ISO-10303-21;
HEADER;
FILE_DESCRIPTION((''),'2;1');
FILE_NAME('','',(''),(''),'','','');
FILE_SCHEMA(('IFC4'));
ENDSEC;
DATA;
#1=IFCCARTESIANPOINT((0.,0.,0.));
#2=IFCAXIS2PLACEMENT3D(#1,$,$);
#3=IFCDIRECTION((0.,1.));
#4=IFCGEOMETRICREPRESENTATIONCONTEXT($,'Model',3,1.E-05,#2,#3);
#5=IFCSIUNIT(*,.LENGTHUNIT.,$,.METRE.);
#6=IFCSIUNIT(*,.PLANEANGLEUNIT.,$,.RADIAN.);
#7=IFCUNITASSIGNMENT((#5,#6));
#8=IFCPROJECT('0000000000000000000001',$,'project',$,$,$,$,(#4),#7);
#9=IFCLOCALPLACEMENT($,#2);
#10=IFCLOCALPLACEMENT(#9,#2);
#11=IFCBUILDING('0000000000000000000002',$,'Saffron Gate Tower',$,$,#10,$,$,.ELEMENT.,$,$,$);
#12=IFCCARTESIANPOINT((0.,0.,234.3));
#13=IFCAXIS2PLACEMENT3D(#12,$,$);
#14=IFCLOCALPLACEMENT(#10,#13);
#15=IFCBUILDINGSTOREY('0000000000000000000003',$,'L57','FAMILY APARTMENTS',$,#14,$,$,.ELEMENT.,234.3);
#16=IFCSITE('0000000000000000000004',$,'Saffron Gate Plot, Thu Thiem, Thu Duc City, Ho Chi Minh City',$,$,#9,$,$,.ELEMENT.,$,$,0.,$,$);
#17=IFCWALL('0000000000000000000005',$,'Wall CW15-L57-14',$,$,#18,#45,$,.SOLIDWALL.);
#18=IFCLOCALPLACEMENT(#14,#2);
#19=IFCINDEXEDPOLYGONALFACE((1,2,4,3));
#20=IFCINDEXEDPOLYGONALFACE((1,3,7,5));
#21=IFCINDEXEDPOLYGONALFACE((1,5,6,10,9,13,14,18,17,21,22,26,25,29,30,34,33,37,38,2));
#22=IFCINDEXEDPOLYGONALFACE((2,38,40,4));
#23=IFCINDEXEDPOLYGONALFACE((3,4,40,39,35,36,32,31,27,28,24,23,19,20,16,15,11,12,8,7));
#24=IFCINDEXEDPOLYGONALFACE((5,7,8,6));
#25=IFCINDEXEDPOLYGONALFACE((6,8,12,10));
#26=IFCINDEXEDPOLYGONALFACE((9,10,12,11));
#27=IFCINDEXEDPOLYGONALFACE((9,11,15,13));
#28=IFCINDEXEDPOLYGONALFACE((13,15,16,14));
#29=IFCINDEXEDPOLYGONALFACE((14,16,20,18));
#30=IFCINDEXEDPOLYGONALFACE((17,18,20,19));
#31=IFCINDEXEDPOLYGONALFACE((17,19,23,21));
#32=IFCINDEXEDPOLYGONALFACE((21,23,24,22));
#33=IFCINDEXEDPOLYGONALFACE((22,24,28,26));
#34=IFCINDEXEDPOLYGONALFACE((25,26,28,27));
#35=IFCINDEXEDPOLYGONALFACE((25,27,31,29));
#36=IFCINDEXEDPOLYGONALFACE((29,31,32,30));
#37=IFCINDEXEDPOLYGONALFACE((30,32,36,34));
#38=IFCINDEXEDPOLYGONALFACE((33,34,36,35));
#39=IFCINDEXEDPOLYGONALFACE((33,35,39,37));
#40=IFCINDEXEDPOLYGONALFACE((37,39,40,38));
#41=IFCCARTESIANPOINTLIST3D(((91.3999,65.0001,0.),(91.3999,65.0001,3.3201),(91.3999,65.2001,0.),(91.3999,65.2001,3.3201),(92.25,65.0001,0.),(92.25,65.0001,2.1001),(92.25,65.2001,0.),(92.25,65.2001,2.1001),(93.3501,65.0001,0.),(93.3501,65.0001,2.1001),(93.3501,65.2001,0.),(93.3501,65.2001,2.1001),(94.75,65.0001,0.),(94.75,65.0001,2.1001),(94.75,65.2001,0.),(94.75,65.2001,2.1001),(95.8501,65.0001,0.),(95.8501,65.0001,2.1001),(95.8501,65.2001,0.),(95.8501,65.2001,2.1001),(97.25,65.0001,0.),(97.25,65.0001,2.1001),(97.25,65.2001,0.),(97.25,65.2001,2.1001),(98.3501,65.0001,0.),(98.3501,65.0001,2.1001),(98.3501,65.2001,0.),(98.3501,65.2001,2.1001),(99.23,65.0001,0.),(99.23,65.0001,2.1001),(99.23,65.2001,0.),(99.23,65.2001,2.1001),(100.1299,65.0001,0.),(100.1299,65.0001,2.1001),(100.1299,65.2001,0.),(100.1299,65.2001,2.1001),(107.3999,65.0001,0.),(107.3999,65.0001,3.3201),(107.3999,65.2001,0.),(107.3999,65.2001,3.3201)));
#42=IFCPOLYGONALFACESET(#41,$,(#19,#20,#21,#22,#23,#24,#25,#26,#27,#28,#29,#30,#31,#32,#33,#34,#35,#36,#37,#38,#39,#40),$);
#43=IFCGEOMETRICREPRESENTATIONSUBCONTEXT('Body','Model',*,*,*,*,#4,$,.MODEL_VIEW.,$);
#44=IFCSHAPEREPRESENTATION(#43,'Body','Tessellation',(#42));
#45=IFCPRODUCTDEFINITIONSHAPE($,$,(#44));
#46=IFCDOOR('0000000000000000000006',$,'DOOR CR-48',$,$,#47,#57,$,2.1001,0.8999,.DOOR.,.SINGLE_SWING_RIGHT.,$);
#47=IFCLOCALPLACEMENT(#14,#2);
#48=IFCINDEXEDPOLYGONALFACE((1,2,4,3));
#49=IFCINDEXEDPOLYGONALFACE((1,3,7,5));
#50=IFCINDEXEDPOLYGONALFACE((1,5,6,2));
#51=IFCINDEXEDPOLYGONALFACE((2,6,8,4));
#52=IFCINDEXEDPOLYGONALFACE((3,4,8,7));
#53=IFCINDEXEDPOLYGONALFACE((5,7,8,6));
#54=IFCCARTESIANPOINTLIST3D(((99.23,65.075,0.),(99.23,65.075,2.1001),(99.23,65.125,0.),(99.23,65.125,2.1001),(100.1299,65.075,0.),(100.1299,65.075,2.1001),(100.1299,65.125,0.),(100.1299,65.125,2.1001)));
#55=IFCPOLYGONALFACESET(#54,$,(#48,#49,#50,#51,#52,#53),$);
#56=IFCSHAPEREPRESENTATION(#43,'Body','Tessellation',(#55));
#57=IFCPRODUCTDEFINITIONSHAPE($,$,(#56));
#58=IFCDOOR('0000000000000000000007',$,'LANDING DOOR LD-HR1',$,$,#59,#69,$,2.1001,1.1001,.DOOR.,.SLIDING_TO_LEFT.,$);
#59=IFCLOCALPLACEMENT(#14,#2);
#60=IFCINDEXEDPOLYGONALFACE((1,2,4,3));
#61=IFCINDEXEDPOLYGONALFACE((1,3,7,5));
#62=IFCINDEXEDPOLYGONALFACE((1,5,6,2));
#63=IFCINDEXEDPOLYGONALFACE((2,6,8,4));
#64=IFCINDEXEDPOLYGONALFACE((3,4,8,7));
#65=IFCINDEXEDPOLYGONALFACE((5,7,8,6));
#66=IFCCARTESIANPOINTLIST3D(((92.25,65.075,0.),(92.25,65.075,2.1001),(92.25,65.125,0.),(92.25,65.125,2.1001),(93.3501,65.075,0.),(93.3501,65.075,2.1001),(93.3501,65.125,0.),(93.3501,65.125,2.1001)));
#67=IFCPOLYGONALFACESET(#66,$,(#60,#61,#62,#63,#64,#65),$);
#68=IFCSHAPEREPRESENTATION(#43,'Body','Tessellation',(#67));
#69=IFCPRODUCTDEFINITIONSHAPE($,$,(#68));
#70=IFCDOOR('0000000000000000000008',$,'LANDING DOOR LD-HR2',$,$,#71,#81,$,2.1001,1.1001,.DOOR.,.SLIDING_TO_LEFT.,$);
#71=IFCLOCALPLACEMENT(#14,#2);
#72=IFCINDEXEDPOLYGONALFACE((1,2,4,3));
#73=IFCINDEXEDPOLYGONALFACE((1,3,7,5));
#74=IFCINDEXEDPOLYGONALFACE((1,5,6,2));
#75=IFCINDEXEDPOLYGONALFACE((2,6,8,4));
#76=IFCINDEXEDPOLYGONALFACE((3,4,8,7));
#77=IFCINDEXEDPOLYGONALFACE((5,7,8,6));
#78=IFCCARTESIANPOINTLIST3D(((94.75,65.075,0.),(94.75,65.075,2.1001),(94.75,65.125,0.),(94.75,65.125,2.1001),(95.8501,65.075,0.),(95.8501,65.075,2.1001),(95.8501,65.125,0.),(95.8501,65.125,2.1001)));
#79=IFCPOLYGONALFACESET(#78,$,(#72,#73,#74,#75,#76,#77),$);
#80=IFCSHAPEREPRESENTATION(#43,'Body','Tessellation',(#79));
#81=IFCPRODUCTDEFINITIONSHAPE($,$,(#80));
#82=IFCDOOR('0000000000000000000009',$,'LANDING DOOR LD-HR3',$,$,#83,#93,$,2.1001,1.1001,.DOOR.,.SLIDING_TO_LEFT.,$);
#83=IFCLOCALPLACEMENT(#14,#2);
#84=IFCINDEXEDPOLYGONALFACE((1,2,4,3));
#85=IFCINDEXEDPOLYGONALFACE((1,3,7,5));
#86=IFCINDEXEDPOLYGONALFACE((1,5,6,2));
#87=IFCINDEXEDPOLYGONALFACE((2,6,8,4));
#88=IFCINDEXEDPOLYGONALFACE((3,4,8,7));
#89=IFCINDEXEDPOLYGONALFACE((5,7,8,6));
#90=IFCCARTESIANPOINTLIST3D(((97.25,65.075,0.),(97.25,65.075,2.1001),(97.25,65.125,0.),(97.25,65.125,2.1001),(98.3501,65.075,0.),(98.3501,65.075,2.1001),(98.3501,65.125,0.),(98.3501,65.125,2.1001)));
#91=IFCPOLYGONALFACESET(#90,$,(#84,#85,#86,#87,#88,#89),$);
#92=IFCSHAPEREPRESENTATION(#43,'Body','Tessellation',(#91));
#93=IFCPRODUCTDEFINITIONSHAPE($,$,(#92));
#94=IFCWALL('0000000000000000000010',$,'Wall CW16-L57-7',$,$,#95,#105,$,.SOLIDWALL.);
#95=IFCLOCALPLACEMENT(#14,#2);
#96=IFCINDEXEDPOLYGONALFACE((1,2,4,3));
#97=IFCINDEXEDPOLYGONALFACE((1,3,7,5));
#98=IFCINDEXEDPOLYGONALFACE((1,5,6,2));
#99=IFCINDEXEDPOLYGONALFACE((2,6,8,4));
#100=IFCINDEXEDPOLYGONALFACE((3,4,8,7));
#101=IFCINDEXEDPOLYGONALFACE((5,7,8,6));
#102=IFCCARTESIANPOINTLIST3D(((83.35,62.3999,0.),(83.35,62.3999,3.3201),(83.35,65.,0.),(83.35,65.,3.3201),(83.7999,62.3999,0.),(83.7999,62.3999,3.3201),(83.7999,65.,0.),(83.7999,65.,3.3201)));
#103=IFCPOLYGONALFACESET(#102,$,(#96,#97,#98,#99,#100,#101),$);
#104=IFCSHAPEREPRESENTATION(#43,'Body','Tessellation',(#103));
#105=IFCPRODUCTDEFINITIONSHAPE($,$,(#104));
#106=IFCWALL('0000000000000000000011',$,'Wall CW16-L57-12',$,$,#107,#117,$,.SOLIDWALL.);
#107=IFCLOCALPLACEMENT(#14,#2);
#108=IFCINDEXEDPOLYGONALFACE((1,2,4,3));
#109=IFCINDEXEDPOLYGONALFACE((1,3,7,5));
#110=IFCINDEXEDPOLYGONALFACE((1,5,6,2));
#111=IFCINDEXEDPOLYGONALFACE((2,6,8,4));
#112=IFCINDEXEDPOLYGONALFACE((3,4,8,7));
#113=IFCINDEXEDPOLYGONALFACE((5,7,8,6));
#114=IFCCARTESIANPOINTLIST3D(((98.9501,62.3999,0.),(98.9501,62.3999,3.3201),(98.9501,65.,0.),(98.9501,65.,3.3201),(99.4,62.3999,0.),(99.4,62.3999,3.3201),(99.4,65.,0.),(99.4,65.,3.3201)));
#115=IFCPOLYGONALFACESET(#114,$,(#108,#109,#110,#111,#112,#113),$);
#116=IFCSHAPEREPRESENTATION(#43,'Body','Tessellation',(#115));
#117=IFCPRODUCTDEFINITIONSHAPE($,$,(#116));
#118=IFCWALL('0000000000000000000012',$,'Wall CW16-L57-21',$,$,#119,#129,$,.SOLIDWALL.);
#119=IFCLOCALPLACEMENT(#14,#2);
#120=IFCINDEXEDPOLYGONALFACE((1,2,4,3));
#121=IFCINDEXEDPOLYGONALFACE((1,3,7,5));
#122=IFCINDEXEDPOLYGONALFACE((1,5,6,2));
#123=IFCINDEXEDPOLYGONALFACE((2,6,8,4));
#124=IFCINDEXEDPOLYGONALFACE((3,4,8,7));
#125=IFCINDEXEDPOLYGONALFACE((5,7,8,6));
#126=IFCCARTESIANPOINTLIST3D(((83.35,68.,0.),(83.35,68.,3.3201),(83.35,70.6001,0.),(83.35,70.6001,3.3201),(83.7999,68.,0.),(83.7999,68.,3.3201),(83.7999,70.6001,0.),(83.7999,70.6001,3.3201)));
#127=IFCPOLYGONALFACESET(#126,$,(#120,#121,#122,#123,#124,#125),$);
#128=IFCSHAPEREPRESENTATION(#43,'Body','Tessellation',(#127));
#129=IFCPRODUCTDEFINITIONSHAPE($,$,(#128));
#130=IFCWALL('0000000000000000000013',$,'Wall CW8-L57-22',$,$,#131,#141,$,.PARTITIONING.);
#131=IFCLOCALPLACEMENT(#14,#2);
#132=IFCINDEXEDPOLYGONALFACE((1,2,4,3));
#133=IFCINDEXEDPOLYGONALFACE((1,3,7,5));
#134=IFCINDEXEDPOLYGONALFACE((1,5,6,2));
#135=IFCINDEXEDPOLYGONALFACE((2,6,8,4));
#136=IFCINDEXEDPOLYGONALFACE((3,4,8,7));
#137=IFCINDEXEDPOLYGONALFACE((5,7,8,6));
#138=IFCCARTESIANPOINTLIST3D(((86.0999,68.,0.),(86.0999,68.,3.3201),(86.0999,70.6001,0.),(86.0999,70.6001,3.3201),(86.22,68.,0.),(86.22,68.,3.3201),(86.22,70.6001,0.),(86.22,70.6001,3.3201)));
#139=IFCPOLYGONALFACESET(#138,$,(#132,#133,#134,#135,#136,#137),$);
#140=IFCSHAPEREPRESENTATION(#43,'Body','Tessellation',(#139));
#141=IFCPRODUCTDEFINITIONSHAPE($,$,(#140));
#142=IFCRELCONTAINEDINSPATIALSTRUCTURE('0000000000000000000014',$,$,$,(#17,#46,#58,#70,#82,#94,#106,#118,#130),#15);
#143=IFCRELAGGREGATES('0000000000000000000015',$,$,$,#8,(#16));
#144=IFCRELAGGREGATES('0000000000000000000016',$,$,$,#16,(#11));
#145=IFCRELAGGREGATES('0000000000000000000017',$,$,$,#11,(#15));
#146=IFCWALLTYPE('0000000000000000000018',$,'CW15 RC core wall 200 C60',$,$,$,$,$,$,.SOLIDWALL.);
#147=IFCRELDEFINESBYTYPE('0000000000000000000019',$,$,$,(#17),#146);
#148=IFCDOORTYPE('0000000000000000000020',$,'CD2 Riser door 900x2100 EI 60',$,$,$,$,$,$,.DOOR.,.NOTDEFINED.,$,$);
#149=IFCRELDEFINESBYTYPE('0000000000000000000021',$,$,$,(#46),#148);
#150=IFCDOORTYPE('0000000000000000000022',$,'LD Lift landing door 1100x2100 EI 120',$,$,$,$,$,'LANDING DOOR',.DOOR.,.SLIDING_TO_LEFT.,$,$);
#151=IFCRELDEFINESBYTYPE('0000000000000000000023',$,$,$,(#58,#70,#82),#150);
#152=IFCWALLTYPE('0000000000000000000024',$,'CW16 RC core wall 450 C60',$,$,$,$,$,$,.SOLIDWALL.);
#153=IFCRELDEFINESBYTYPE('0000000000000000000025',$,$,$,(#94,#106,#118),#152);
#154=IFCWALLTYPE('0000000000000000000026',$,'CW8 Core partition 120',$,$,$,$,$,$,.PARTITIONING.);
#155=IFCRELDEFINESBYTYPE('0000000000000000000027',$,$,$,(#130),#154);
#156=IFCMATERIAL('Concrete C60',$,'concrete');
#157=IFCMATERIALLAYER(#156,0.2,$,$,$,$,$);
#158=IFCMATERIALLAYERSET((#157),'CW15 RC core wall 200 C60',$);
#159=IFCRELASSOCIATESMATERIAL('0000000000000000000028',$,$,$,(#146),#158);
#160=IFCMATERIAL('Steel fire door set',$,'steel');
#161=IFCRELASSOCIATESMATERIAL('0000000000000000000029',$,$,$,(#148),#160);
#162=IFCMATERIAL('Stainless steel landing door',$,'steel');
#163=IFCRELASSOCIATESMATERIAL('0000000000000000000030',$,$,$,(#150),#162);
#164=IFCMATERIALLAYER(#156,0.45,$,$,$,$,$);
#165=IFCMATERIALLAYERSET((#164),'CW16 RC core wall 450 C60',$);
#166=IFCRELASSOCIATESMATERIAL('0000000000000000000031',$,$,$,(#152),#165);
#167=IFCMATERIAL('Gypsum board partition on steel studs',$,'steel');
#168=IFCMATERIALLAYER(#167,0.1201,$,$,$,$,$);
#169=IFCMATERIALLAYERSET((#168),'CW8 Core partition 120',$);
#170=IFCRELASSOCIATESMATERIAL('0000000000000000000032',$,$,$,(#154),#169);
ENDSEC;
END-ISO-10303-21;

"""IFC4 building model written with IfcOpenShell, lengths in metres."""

from ifc_helpers import new_model, si_unit, direction, frame, frame_2d, origin, place, context, subcontext, project, spatial, rectangle, extrude, material, layer, layer_set, type_object, element, fill, save


model = new_model("IFC4")

# Units and contexts
model_context = context("Model", 3, precision=1e-05, world=origin(), true_north=direction((0.0, 1.0)))
body_context = subcontext(model_context, "Body", "Model", "MODEL_VIEW")
ifc_project = project(units=[si_unit("LENGTHUNIT", "METRE"), si_unit("PLANEANGLEUNIT", "RADIAN")], contexts=[model_context])

# Site, building, storey
site_placement = place(None, origin())
site = spatial("IfcSite", under=ifc_project, at=site_placement, Name="Saffron Gate Plot, Thu Thiem, Thu Duc City, Ho Chi Minh City", CompositionType="ELEMENT", RefElevation=0.0)
building_placement = place(site_placement, origin())
building = spatial("IfcBuilding", under=site, at=building_placement, Name="Saffron Gate Tower", CompositionType="ELEMENT")
storey_placement = place(building_placement, frame((0.0, 0.0, 234.3)))
storey = spatial("IfcBuildingStorey", under=building, at=storey_placement, Name="L57", Description="FAMILY APARTMENTS", CompositionType="ELEMENT", Elevation=234.3)

# Shared definitions
ifc_material_1 = material(Name="Gypsum board partition on steel studs", Category="steel")
ifc_material_2 = material(Name="Concrete C60", Category="concrete")

# Shared definitions
ifc_material_3 = material(Name="Steel fire door set", Category="steel")

# Shared definitions
ifc_layer_1 = layer(ifc_material_2, 0.2)
ifc_layer_set_1 = layer_set([ifc_layer_1], Name="CW15 RC core wall 200 C60")
wall_type_1 = type_object("IfcWallType", Name="CW15 RC core wall 200 C60", PredefinedType="SOLIDWALL", material=ifc_layer_set_1)

# Wall, openings, doors
wall_1_placement = place(storey_placement, frame((91.3999, 65.1001, 0.0), z_axis=(0.0, 0.0, 1.0), x_axis=(1.0, 0.0, 0.0)))
wall_1 = element("IfcWall", 1, at=wall_1_placement, inside=storey, type_object=wall_type_1, Name="Wall CW15-L57-14", PredefinedType="SOLIDWALL", context=body_context, shape_type="SweptSolid", body=[
    extrude(rectangle(XDim=16.0, YDim=0.2, at=frame_2d((8.0, 0.0))), origin(), (0.0, 0.0, 1.0), 3.3201),
])
opening_1_placement = place(wall_1_placement, frame((0.8501, 0.0, 0.0)))
opening_1 = element("IfcOpeningElement", 2, at=opening_1_placement, cuts=wall_1, PredefinedType="OPENING", context=body_context, shape_type="SweptSolid", body=[
    extrude(rectangle(XDim=1.1001, YDim=2.1001, at=frame_2d((0.55, 1.05))), frame((0.0, 0.1099, 0.0), z_axis=(0.0, -1.0, 0.0), x_axis=(1.0, 0.0, 0.0)), (0.0, 0.0, 1.0), 0.22),
])
opening_2_placement = place(wall_1_placement, frame((3.3501, 0.0, 0.0)))
opening_2 = element("IfcOpeningElement", 3, at=opening_2_placement, cuts=wall_1, PredefinedType="OPENING", context=body_context, shape_type="SweptSolid", body=[
    extrude(rectangle(XDim=1.1001, YDim=2.1001, at=frame_2d((0.55, 1.05))), frame((0.0, 0.1099, 0.0), z_axis=(0.0, -1.0, 0.0), x_axis=(1.0, 0.0, 0.0)), (0.0, 0.0, 1.0), 0.22),
])
opening_3_placement = place(wall_1_placement, frame((5.8501, 0.0, 0.0)))
opening_3 = element("IfcOpeningElement", 4, at=opening_3_placement, cuts=wall_1, PredefinedType="OPENING", context=body_context, shape_type="SweptSolid", body=[
    extrude(rectangle(XDim=1.1001, YDim=2.1001, at=frame_2d((0.55, 1.05))), frame((0.0, 0.1099, 0.0), z_axis=(0.0, -1.0, 0.0), x_axis=(1.0, 0.0, 0.0)), (0.0, 0.0, 1.0), 0.22),
])
opening_4_placement = place(wall_1_placement, frame((7.8301, 0.0, 0.0)))
opening_4 = element("IfcOpeningElement", 5, at=opening_4_placement, cuts=wall_1, PredefinedType="OPENING", context=body_context, shape_type="SweptSolid", body=[
    extrude(rectangle(XDim=0.8999, YDim=2.1001, at=frame_2d((0.45, 1.05))), frame((0.0, 0.1099, 0.0), z_axis=(0.0, -1.0, 0.0), x_axis=(1.0, 0.0, 0.0)), (0.0, 0.0, 1.0), 0.22),
])
door_type_1 = type_object("IfcDoorType", Name="CD2 Riser door 900x2100 EI 60", OperationType="NOTDEFINED", PredefinedType="DOOR", material=ifc_material_3)
door_1_placement = place(opening_4_placement, origin())
door_1 = element("IfcDoor", 6, at=door_1_placement, inside=storey, type_object=door_type_1, Name="DOOR CR-48", OperationType="SINGLE_SWING_RIGHT", OverallHeight=2.1001, OverallWidth=0.8999, PredefinedType="DOOR", context=body_context, shape_type="SweptSolid", body=[
    extrude(rectangle(XDim=0.8999, YDim=2.1001, at=frame_2d((0.45, 1.05))), frame((0.0, 0.0249, 0.0), z_axis=(0.0, -1.0, 0.0), x_axis=(1.0, 0.0, 0.0)), (0.0, 0.0, 1.0), 0.05),
])
fill(opening_4, door_1)
ifc_material_4 = material(Name="Stainless steel landing door", Category="steel")
door_type_2 = type_object("IfcDoorType", Name="LD Lift landing door 1100x2100 EI 120", ElementType="LANDING DOOR", OperationType="SLIDING_TO_LEFT", PredefinedType="DOOR", material=ifc_material_4)
door_2_placement = place(opening_1_placement, origin())
door_2 = element("IfcDoor", 7, at=door_2_placement, inside=storey, type_object=door_type_2, Name="LANDING DOOR LD-HR1", OperationType="SLIDING_TO_LEFT", OverallHeight=2.1001, OverallWidth=1.1001, PredefinedType="DOOR", context=body_context, shape_type="SweptSolid", body=[
    extrude(rectangle(XDim=1.1001, YDim=2.1001, at=frame_2d((0.55, 1.05))), frame((0.0, 0.0249, 0.0), z_axis=(0.0, -1.0, 0.0), x_axis=(1.0, 0.0, 0.0)), (0.0, 0.0, 1.0), 0.05),
])
fill(opening_1, door_2)
door_3_placement = place(opening_2_placement, origin())
door_3 = element("IfcDoor", 8, at=door_3_placement, inside=storey, type_object=door_type_2, Name="LANDING DOOR LD-HR2", OperationType="SLIDING_TO_LEFT", OverallHeight=2.1001, OverallWidth=1.1001, PredefinedType="DOOR", context=body_context, shape_type="SweptSolid", body=[
    extrude(rectangle(XDim=1.1001, YDim=2.1001, at=frame_2d((0.55, 1.05))), frame((0.0, 0.0249, 0.0), z_axis=(0.0, -1.0, 0.0), x_axis=(1.0, 0.0, 0.0)), (0.0, 0.0, 1.0), 0.05),
])
fill(opening_2, door_3)
door_4_placement = place(opening_3_placement, origin())
door_4 = element("IfcDoor", 9, at=door_4_placement, inside=storey, type_object=door_type_2, Name="LANDING DOOR LD-HR3", OperationType="SLIDING_TO_LEFT", OverallHeight=2.1001, OverallWidth=1.1001, PredefinedType="DOOR", context=body_context, shape_type="SweptSolid", body=[
    extrude(rectangle(XDim=1.1001, YDim=2.1001, at=frame_2d((0.55, 1.05))), frame((0.0, 0.0249, 0.0), z_axis=(0.0, -1.0, 0.0), x_axis=(1.0, 0.0, 0.0)), (0.0, 0.0, 1.0), 0.05),
])
fill(opening_3, door_4)

# Walls
ifc_layer_2 = layer(ifc_material_2, 0.45)
ifc_layer_set_2 = layer_set([ifc_layer_2], Name="CW16 RC core wall 450 C60")
wall_type_2 = type_object("IfcWallType", Name="CW16 RC core wall 450 C60", PredefinedType="SOLIDWALL", material=ifc_layer_set_2)
for number, where, z_axis, x_axis, name in (
    (10, (83.575, 62.3999, 0.0), (0.0, 0.0, 1.0), (0.0, 1.0, 0.0), "Wall CW16-L57-7"),
    (11, (99.175, 62.3999, 0.0), (0.0, 0.0, 1.0), (0.0, 1.0, 0.0), "Wall CW16-L57-12"),
    (12, (83.575, 68.0, 0.0), (0.0, 0.0, 1.0), (0.0, 1.0, 0.0), "Wall CW16-L57-21"),
):
    element("IfcWall", number, at=place(storey_placement, frame(where, z_axis=z_axis, x_axis=x_axis)), inside=storey, type_object=wall_type_2, Name=name, PredefinedType="SOLIDWALL", context=body_context, shape_type="SweptSolid", body=[
        extrude(rectangle(XDim=2.6001, YDim=0.45, at=frame_2d((1.3, 0.0))), origin(), (0.0, 0.0, 1.0), 3.3201),
    ])
ifc_layer_3 = layer(ifc_material_1, 0.1201)
ifc_layer_set_3 = layer_set([ifc_layer_3], Name="CW8 Core partition 120")
wall_type_3 = type_object("IfcWallType", Name="CW8 Core partition 120", PredefinedType="PARTITIONING", material=ifc_layer_set_3)
wall_2_placement = place(storey_placement, frame((86.1599, 68.0, 0.0), z_axis=(0.0, 0.0, 1.0), x_axis=(0.0, 1.0, 0.0)))
element("IfcWall", 13, at=wall_2_placement, inside=storey, type_object=wall_type_3, Name="Wall CW8-L57-22", PredefinedType="PARTITIONING", context=body_context, shape_type="SweptSolid", body=[
    extrude(rectangle(XDim=2.6001, YDim=0.1201, at=frame_2d((1.3, 0.0))), origin(), (0.0, 0.0, 1.0), 3.3201),
])

save(model, "model.ifc")
